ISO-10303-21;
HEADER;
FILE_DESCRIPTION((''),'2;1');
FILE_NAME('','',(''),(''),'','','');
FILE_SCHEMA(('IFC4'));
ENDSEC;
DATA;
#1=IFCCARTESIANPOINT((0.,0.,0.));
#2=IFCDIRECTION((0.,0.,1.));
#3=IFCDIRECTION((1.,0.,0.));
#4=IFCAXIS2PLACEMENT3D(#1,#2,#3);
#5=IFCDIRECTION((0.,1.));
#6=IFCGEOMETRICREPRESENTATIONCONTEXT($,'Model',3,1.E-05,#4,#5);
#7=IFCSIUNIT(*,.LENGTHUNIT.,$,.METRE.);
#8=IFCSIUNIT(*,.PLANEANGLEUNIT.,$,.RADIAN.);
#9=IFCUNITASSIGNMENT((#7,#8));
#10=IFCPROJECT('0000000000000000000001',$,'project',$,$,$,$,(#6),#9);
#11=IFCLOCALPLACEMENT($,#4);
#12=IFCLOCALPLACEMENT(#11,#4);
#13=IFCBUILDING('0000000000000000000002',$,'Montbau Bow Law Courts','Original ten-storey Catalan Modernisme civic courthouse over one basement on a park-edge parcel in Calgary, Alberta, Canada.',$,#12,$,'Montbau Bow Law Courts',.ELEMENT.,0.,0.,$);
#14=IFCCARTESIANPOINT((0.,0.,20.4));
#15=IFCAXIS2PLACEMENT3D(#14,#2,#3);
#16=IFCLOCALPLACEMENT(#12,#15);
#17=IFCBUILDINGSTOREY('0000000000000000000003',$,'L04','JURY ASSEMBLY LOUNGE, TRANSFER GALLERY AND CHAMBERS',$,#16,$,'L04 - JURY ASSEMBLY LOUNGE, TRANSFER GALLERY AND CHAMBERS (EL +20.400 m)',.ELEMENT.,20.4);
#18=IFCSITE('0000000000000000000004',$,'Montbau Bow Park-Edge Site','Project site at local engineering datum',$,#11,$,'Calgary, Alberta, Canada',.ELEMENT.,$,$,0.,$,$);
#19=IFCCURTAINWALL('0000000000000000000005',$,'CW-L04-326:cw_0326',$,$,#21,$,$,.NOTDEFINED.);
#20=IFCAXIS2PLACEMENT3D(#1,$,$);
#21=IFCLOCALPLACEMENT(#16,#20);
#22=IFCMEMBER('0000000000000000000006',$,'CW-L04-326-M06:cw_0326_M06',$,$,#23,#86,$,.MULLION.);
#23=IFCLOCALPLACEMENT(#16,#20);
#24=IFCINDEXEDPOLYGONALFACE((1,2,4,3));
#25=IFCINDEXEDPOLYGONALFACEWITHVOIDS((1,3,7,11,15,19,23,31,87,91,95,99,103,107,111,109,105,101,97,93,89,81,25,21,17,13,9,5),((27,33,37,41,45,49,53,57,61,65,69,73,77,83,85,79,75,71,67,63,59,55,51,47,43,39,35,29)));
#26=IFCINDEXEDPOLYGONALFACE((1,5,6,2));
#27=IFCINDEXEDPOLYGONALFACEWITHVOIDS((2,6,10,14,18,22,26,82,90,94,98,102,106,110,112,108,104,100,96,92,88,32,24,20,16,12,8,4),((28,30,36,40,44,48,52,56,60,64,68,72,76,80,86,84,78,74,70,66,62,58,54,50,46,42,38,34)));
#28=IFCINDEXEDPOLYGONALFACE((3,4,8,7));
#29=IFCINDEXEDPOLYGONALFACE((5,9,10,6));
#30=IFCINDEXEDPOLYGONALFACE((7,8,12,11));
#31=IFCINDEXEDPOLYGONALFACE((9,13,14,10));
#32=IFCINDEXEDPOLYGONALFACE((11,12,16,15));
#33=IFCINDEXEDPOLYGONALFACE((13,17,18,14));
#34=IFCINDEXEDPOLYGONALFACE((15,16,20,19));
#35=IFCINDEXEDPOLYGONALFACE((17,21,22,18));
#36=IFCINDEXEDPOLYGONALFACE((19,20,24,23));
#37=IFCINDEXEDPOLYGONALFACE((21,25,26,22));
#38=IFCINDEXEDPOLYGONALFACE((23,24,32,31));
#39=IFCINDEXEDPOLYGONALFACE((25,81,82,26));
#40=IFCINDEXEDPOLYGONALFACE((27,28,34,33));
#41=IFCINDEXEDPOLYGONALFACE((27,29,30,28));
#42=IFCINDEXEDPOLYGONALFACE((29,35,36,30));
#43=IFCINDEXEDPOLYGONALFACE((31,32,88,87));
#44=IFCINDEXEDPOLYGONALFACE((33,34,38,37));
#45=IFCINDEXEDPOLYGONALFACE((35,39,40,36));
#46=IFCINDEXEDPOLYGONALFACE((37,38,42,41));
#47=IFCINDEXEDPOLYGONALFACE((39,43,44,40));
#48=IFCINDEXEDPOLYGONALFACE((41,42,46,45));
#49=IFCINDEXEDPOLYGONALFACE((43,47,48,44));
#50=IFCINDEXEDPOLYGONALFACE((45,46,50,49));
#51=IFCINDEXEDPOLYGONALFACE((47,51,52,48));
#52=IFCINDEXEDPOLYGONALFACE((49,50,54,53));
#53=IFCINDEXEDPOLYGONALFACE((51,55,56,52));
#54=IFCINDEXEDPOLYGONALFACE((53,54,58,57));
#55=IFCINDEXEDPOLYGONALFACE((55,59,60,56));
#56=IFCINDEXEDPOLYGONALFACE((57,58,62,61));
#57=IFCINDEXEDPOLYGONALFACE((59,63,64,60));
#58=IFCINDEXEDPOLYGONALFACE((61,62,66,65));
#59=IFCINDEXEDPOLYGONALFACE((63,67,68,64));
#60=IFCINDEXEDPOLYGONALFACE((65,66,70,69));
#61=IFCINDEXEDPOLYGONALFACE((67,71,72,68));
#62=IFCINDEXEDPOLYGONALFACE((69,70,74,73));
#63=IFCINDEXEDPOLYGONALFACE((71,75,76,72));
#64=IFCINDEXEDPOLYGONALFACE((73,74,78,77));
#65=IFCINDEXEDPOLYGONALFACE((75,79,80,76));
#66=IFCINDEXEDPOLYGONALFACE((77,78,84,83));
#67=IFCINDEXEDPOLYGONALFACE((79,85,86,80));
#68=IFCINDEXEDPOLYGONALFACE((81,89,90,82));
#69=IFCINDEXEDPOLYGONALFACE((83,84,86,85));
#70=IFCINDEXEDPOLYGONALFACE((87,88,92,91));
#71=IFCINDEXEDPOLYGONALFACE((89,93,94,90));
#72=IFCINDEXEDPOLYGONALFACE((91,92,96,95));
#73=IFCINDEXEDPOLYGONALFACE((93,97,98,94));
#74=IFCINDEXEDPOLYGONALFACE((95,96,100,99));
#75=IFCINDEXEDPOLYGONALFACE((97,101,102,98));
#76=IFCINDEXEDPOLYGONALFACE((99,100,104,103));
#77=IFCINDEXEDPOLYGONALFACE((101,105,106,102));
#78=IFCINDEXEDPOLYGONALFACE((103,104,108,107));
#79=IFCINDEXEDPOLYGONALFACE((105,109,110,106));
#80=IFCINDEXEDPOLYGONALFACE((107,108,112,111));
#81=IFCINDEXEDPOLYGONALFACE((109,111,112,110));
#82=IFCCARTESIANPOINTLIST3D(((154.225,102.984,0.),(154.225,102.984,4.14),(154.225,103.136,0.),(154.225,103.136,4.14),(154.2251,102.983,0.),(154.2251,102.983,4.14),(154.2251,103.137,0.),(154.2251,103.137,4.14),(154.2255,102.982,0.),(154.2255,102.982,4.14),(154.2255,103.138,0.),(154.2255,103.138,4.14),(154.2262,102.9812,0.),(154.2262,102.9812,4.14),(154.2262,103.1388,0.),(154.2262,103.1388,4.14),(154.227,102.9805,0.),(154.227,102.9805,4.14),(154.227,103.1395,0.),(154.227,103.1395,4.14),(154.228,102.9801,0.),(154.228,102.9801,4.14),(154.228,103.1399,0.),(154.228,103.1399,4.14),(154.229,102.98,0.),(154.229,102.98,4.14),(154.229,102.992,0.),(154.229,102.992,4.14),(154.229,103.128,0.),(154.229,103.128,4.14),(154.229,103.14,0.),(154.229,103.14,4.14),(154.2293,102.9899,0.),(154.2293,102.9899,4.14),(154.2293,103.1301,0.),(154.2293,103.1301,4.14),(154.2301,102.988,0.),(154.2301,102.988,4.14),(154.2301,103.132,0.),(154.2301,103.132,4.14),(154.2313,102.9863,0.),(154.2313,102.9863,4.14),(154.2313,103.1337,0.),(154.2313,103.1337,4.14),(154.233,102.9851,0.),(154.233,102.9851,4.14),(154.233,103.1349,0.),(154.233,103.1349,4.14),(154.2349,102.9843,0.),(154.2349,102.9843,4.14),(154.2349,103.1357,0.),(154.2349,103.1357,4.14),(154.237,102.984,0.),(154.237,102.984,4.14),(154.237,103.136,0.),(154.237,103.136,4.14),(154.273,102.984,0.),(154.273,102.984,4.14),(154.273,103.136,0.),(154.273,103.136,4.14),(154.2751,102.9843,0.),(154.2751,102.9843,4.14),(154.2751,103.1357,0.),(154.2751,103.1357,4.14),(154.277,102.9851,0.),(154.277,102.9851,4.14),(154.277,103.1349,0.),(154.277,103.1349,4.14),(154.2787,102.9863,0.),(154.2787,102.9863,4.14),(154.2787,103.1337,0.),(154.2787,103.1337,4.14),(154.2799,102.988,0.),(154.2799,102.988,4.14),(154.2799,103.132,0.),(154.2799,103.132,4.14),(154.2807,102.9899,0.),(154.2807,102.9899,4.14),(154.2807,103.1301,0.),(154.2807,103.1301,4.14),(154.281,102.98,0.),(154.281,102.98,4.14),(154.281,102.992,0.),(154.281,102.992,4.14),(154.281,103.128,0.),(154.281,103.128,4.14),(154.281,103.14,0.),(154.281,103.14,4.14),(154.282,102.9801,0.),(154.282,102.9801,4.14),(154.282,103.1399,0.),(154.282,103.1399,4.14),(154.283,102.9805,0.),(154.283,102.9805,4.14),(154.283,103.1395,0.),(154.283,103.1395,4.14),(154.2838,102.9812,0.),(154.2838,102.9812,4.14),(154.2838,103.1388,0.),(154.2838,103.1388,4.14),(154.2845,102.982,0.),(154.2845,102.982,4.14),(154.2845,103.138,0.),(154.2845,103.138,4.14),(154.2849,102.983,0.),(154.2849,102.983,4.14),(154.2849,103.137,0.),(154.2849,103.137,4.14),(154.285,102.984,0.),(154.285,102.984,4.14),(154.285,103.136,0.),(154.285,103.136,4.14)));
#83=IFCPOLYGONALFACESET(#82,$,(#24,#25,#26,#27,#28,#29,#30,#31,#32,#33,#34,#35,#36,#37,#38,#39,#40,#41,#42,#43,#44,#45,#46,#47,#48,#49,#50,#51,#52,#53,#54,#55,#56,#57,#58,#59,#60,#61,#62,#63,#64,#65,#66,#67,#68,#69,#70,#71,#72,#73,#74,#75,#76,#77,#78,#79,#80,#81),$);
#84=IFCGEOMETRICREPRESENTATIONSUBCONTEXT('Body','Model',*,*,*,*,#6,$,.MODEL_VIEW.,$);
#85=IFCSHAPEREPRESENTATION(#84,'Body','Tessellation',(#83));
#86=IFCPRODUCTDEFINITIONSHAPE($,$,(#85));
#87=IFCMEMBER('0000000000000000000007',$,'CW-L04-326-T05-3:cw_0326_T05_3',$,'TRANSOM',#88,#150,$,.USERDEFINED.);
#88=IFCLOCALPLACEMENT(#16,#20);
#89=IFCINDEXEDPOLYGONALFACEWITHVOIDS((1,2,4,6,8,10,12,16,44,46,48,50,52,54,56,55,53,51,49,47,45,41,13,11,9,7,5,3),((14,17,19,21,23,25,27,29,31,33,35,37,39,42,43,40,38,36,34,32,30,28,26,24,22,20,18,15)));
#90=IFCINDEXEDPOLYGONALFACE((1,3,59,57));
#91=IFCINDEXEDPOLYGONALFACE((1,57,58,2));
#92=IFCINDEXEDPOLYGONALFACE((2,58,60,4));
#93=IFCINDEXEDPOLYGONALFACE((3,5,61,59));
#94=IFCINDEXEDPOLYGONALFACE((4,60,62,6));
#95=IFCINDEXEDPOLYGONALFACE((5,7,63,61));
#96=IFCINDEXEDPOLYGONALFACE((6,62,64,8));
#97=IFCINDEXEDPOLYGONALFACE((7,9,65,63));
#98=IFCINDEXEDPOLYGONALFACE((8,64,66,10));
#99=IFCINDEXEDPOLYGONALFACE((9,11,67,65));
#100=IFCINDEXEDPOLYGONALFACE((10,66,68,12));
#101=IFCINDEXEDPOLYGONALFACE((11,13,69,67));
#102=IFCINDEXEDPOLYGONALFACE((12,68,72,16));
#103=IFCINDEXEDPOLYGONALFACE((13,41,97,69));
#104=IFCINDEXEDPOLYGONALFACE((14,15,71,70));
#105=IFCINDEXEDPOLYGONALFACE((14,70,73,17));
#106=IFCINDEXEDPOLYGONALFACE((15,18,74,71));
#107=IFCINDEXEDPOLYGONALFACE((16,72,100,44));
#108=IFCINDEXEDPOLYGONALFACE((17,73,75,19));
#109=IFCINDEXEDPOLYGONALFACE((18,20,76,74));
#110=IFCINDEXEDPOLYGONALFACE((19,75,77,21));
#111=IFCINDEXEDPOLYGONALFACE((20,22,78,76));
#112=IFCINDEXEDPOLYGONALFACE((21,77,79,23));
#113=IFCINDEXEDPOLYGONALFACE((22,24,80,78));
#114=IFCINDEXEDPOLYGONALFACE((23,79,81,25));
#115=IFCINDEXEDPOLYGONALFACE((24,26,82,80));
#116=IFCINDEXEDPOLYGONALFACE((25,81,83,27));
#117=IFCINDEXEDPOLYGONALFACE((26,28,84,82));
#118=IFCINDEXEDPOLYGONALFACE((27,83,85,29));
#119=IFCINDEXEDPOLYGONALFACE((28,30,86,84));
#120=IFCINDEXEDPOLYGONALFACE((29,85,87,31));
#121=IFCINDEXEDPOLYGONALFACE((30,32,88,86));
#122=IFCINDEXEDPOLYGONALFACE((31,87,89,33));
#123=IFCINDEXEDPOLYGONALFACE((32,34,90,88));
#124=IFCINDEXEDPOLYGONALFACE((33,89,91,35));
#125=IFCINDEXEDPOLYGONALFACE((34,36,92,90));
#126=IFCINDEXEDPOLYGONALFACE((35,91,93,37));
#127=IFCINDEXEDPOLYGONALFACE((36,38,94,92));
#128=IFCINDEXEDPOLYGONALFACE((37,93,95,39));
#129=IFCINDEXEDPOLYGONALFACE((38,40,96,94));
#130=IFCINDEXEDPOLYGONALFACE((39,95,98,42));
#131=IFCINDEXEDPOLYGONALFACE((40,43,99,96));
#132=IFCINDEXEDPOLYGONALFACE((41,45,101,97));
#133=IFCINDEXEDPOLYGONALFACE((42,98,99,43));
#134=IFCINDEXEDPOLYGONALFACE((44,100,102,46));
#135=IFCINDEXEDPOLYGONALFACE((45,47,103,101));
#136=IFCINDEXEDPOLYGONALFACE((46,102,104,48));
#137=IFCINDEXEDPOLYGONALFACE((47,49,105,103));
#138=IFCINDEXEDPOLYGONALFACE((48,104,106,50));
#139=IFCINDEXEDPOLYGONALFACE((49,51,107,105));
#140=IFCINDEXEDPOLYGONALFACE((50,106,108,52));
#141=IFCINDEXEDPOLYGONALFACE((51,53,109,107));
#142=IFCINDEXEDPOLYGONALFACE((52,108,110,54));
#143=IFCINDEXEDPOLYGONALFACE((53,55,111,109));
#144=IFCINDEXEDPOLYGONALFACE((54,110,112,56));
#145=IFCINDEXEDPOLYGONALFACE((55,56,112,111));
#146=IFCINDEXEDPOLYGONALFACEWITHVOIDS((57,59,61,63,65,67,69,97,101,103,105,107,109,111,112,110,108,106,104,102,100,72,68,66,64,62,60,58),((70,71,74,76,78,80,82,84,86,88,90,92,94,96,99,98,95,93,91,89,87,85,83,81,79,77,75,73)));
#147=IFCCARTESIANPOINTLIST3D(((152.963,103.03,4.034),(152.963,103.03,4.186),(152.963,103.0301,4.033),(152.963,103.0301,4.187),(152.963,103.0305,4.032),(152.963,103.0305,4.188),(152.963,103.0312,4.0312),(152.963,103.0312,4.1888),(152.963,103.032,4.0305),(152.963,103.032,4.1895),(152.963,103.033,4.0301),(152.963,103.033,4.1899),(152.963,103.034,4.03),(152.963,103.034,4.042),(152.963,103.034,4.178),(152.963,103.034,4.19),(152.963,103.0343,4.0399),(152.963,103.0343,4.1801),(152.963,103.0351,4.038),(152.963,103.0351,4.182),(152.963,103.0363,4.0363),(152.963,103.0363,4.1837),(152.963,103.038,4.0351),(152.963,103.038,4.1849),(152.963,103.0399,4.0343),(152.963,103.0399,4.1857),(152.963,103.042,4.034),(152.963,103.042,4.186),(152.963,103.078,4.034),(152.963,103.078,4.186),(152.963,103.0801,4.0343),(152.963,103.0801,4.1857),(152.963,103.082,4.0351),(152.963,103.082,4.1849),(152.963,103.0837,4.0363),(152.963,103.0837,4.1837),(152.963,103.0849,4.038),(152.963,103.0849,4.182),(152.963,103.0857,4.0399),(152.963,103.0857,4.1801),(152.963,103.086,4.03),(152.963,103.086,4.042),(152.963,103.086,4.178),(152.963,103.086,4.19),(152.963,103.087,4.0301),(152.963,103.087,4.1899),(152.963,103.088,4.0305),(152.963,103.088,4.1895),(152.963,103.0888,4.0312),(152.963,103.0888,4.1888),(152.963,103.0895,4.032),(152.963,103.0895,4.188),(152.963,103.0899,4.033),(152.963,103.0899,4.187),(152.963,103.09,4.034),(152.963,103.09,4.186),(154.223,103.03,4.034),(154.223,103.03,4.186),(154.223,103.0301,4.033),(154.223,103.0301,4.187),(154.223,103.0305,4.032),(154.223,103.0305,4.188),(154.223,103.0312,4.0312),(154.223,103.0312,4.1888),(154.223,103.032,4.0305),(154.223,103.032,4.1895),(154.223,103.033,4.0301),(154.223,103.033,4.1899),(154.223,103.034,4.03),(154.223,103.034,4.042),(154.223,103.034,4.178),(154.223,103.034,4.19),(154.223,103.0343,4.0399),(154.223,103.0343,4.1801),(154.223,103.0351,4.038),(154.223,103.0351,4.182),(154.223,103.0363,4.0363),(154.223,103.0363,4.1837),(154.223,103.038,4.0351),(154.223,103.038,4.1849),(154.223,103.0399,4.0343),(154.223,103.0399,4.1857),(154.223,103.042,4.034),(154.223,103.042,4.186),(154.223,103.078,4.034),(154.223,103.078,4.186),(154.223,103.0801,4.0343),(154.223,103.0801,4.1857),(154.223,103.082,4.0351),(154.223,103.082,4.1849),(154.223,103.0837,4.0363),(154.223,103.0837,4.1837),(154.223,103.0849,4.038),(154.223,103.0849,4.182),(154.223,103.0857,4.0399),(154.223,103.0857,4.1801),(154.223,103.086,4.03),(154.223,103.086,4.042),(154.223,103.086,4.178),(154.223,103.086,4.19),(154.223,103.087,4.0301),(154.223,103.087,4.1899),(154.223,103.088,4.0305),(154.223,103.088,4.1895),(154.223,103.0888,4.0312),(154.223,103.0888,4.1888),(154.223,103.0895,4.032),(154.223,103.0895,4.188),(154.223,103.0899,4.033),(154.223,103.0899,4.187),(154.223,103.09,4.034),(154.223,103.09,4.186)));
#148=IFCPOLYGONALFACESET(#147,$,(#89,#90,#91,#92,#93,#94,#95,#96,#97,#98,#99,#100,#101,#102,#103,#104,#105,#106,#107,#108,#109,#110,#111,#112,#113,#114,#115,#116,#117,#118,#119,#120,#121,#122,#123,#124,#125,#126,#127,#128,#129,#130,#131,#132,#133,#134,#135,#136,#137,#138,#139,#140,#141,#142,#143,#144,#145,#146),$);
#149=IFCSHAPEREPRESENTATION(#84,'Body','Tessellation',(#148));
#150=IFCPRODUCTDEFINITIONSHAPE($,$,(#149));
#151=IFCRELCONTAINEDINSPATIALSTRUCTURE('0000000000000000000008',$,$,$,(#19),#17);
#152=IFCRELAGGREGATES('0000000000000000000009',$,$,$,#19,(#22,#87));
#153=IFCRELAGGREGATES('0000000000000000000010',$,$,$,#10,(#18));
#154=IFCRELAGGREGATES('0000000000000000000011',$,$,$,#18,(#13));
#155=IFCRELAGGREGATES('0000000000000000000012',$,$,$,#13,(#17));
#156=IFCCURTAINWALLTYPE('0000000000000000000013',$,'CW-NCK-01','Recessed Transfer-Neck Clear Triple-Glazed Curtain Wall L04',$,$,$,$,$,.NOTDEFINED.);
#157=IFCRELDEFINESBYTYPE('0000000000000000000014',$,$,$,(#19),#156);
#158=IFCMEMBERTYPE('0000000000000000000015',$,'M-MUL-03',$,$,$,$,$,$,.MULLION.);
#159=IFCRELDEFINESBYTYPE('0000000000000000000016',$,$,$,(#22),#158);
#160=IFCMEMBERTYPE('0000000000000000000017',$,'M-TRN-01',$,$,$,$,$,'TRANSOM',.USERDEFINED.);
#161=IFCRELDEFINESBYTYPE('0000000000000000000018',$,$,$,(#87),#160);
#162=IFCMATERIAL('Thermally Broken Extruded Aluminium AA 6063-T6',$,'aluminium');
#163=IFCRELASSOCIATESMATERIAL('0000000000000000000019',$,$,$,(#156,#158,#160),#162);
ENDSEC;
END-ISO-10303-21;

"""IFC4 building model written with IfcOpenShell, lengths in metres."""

from ifc_helpers import new_model, si_unit, direction, frame, origin_with_axes, origin_2d_with_axis, place, context, subcontext, project, spatial, hollow_rectangle, extrude, material, material_profile, profile_set, type_object, element, aggregate, save


model = new_model("IFC4")

# Units and contexts
model_context = context("Model", 3, precision=1e-05, world=origin_with_axes(), true_north=direction((0.0, 1.0)))
body_context = subcontext(model_context, "Body", "Model", "MODEL_VIEW")
ifc_project = project(units=[si_unit("LENGTHUNIT", "METRE"), si_unit("PLANEANGLEUNIT", "RADIAN")], contexts=[model_context])

# Site, building, storey
site_placement = place(None, origin_with_axes())
site = spatial("IfcSite", under=ifc_project, at=site_placement, Name="Montbau Bow Park-Edge Site", Description="Project site at local engineering datum", LongName="Calgary, Alberta, Canada", CompositionType="ELEMENT", RefElevation=0.0)
building_placement = place(site_placement, origin_with_axes())
building = spatial("IfcBuilding", under=site, at=building_placement, Name="Montbau Bow Law Courts", Description="Original ten-storey Catalan Modernisme civic courthouse over one basement on a park-edge parcel in Calgary, Alberta, Canada.", LongName="Montbau Bow Law Courts", CompositionType="ELEMENT", ElevationOfRefHeight=0.0, ElevationOfTerrain=0.0)
storey_placement = place(building_placement, frame((0.0, 0.0, 20.4), z_axis=(0.0, 0.0, 1.0), x_axis=(1.0, 0.0, 0.0)))
storey = spatial("IfcBuildingStorey", under=building, at=storey_placement, Name="L04", Description="JURY ASSEMBLY LOUNGE, TRANSFER GALLERY AND CHAMBERS", LongName="L04 - JURY ASSEMBLY LOUNGE, TRANSFER GALLERY AND CHAMBERS (EL +20.400 m)", CompositionType="ELEMENT", Elevation=20.4)

# Curtain wall, members
ifc_material_1 = material(Name="Thermally Broken Extruded Aluminium AA 6063-T6", Category="aluminium")
curtain_wall_type = type_object("IfcCurtainWallType", Name="CW-NCK-01", Description="Recessed Transfer-Neck Clear Triple-Glazed Curtain Wall L04", PredefinedType="NOTDEFINED", material=ifc_material_1)
curtain_wall_1_placement = place(None, frame((147.515, 103.06, 20.4), z_axis=(0.0, 0.0, 1.0), x_axis=(1.0, 0.0, 0.0)))
curtain_wall_1 = element("IfcCurtainWall", 1, at=curtain_wall_1_placement, inside=storey, type_object=curtain_wall_type, Name="CW-L04-326:cw_0326", PredefinedType="NOTDEFINED")
ifc_material_profile_1 = material_profile(ifc_material_1, hollow_rectangle(XDim=0.06, YDim=0.16, WallThickness=0.004, InnerFilletRadius=0.008, OuterFilletRadius=0.004, at=origin_2d_with_axis()), Name="CWM-160X60", Category="Main", Priority=0)
ifc_profile_set_1 = profile_set([ifc_material_profile_1], Name="Thermally Broken Extruded Aluminium AA 6063-T6")
member_type_1 = type_object("IfcMemberType", Name="M-MUL-03", PredefinedType="MULLION", material=ifc_profile_set_1)
member_1_placement = place(None, frame((154.255, 103.06, 20.4), z_axis=(0.0, 0.0, 1.0), x_axis=(1.0, 0.0, 0.0)))
member_1 = element("IfcMember", 2, at=member_1_placement, type_object=member_type_1, Name="CW-L04-326-M06:cw_0326_M06", PredefinedType="MULLION", context=body_context, shape_type="SweptSolid", body=[
    extrude(hollow_rectangle(XDim=0.06, YDim=0.16, WallThickness=0.004, InnerFilletRadius=0.008, OuterFilletRadius=0.004, at=origin_2d_with_axis()), origin_with_axes(), (0.0, 0.0, 1.0), 4.14),
])
ifc_material_profile_2 = material_profile(ifc_material_1, hollow_rectangle(XDim=0.06, YDim=0.16, WallThickness=0.004, InnerFilletRadius=0.008, OuterFilletRadius=0.004, at=origin_2d_with_axis()), Name="CWT-160X60", Category="Main", Priority=0)
ifc_profile_set_2 = profile_set([ifc_material_profile_2], Name="Thermally Broken Extruded Aluminium AA 6063-T6")
member_type_2 = type_object("IfcMemberType", Name="M-TRN-01", ElementType="TRANSOM", PredefinedType="USERDEFINED", material=ifc_profile_set_2)
member_2_placement = place(None, frame((152.963, 103.06, 24.51), z_axis=(1.0, 0.0, 0.0), x_axis=(0.0, 1.0, 0.0)))
member_2 = element("IfcMember", 3, at=member_2_placement, type_object=member_type_2, Name="CW-L04-326-T05-3:cw_0326_T05_3", ObjectType="TRANSOM", PredefinedType="USERDEFINED", context=body_context, shape_type="SweptSolid", body=[
    extrude(hollow_rectangle(XDim=0.06, YDim=0.16, WallThickness=0.004, InnerFilletRadius=0.008, OuterFilletRadius=0.004, at=origin_2d_with_axis()), origin_with_axes(), (0.0, 0.0, 1.0), 1.26),
])
aggregate(curtain_wall_1, [member_1, member_2])

save(model, "model.ifc")
